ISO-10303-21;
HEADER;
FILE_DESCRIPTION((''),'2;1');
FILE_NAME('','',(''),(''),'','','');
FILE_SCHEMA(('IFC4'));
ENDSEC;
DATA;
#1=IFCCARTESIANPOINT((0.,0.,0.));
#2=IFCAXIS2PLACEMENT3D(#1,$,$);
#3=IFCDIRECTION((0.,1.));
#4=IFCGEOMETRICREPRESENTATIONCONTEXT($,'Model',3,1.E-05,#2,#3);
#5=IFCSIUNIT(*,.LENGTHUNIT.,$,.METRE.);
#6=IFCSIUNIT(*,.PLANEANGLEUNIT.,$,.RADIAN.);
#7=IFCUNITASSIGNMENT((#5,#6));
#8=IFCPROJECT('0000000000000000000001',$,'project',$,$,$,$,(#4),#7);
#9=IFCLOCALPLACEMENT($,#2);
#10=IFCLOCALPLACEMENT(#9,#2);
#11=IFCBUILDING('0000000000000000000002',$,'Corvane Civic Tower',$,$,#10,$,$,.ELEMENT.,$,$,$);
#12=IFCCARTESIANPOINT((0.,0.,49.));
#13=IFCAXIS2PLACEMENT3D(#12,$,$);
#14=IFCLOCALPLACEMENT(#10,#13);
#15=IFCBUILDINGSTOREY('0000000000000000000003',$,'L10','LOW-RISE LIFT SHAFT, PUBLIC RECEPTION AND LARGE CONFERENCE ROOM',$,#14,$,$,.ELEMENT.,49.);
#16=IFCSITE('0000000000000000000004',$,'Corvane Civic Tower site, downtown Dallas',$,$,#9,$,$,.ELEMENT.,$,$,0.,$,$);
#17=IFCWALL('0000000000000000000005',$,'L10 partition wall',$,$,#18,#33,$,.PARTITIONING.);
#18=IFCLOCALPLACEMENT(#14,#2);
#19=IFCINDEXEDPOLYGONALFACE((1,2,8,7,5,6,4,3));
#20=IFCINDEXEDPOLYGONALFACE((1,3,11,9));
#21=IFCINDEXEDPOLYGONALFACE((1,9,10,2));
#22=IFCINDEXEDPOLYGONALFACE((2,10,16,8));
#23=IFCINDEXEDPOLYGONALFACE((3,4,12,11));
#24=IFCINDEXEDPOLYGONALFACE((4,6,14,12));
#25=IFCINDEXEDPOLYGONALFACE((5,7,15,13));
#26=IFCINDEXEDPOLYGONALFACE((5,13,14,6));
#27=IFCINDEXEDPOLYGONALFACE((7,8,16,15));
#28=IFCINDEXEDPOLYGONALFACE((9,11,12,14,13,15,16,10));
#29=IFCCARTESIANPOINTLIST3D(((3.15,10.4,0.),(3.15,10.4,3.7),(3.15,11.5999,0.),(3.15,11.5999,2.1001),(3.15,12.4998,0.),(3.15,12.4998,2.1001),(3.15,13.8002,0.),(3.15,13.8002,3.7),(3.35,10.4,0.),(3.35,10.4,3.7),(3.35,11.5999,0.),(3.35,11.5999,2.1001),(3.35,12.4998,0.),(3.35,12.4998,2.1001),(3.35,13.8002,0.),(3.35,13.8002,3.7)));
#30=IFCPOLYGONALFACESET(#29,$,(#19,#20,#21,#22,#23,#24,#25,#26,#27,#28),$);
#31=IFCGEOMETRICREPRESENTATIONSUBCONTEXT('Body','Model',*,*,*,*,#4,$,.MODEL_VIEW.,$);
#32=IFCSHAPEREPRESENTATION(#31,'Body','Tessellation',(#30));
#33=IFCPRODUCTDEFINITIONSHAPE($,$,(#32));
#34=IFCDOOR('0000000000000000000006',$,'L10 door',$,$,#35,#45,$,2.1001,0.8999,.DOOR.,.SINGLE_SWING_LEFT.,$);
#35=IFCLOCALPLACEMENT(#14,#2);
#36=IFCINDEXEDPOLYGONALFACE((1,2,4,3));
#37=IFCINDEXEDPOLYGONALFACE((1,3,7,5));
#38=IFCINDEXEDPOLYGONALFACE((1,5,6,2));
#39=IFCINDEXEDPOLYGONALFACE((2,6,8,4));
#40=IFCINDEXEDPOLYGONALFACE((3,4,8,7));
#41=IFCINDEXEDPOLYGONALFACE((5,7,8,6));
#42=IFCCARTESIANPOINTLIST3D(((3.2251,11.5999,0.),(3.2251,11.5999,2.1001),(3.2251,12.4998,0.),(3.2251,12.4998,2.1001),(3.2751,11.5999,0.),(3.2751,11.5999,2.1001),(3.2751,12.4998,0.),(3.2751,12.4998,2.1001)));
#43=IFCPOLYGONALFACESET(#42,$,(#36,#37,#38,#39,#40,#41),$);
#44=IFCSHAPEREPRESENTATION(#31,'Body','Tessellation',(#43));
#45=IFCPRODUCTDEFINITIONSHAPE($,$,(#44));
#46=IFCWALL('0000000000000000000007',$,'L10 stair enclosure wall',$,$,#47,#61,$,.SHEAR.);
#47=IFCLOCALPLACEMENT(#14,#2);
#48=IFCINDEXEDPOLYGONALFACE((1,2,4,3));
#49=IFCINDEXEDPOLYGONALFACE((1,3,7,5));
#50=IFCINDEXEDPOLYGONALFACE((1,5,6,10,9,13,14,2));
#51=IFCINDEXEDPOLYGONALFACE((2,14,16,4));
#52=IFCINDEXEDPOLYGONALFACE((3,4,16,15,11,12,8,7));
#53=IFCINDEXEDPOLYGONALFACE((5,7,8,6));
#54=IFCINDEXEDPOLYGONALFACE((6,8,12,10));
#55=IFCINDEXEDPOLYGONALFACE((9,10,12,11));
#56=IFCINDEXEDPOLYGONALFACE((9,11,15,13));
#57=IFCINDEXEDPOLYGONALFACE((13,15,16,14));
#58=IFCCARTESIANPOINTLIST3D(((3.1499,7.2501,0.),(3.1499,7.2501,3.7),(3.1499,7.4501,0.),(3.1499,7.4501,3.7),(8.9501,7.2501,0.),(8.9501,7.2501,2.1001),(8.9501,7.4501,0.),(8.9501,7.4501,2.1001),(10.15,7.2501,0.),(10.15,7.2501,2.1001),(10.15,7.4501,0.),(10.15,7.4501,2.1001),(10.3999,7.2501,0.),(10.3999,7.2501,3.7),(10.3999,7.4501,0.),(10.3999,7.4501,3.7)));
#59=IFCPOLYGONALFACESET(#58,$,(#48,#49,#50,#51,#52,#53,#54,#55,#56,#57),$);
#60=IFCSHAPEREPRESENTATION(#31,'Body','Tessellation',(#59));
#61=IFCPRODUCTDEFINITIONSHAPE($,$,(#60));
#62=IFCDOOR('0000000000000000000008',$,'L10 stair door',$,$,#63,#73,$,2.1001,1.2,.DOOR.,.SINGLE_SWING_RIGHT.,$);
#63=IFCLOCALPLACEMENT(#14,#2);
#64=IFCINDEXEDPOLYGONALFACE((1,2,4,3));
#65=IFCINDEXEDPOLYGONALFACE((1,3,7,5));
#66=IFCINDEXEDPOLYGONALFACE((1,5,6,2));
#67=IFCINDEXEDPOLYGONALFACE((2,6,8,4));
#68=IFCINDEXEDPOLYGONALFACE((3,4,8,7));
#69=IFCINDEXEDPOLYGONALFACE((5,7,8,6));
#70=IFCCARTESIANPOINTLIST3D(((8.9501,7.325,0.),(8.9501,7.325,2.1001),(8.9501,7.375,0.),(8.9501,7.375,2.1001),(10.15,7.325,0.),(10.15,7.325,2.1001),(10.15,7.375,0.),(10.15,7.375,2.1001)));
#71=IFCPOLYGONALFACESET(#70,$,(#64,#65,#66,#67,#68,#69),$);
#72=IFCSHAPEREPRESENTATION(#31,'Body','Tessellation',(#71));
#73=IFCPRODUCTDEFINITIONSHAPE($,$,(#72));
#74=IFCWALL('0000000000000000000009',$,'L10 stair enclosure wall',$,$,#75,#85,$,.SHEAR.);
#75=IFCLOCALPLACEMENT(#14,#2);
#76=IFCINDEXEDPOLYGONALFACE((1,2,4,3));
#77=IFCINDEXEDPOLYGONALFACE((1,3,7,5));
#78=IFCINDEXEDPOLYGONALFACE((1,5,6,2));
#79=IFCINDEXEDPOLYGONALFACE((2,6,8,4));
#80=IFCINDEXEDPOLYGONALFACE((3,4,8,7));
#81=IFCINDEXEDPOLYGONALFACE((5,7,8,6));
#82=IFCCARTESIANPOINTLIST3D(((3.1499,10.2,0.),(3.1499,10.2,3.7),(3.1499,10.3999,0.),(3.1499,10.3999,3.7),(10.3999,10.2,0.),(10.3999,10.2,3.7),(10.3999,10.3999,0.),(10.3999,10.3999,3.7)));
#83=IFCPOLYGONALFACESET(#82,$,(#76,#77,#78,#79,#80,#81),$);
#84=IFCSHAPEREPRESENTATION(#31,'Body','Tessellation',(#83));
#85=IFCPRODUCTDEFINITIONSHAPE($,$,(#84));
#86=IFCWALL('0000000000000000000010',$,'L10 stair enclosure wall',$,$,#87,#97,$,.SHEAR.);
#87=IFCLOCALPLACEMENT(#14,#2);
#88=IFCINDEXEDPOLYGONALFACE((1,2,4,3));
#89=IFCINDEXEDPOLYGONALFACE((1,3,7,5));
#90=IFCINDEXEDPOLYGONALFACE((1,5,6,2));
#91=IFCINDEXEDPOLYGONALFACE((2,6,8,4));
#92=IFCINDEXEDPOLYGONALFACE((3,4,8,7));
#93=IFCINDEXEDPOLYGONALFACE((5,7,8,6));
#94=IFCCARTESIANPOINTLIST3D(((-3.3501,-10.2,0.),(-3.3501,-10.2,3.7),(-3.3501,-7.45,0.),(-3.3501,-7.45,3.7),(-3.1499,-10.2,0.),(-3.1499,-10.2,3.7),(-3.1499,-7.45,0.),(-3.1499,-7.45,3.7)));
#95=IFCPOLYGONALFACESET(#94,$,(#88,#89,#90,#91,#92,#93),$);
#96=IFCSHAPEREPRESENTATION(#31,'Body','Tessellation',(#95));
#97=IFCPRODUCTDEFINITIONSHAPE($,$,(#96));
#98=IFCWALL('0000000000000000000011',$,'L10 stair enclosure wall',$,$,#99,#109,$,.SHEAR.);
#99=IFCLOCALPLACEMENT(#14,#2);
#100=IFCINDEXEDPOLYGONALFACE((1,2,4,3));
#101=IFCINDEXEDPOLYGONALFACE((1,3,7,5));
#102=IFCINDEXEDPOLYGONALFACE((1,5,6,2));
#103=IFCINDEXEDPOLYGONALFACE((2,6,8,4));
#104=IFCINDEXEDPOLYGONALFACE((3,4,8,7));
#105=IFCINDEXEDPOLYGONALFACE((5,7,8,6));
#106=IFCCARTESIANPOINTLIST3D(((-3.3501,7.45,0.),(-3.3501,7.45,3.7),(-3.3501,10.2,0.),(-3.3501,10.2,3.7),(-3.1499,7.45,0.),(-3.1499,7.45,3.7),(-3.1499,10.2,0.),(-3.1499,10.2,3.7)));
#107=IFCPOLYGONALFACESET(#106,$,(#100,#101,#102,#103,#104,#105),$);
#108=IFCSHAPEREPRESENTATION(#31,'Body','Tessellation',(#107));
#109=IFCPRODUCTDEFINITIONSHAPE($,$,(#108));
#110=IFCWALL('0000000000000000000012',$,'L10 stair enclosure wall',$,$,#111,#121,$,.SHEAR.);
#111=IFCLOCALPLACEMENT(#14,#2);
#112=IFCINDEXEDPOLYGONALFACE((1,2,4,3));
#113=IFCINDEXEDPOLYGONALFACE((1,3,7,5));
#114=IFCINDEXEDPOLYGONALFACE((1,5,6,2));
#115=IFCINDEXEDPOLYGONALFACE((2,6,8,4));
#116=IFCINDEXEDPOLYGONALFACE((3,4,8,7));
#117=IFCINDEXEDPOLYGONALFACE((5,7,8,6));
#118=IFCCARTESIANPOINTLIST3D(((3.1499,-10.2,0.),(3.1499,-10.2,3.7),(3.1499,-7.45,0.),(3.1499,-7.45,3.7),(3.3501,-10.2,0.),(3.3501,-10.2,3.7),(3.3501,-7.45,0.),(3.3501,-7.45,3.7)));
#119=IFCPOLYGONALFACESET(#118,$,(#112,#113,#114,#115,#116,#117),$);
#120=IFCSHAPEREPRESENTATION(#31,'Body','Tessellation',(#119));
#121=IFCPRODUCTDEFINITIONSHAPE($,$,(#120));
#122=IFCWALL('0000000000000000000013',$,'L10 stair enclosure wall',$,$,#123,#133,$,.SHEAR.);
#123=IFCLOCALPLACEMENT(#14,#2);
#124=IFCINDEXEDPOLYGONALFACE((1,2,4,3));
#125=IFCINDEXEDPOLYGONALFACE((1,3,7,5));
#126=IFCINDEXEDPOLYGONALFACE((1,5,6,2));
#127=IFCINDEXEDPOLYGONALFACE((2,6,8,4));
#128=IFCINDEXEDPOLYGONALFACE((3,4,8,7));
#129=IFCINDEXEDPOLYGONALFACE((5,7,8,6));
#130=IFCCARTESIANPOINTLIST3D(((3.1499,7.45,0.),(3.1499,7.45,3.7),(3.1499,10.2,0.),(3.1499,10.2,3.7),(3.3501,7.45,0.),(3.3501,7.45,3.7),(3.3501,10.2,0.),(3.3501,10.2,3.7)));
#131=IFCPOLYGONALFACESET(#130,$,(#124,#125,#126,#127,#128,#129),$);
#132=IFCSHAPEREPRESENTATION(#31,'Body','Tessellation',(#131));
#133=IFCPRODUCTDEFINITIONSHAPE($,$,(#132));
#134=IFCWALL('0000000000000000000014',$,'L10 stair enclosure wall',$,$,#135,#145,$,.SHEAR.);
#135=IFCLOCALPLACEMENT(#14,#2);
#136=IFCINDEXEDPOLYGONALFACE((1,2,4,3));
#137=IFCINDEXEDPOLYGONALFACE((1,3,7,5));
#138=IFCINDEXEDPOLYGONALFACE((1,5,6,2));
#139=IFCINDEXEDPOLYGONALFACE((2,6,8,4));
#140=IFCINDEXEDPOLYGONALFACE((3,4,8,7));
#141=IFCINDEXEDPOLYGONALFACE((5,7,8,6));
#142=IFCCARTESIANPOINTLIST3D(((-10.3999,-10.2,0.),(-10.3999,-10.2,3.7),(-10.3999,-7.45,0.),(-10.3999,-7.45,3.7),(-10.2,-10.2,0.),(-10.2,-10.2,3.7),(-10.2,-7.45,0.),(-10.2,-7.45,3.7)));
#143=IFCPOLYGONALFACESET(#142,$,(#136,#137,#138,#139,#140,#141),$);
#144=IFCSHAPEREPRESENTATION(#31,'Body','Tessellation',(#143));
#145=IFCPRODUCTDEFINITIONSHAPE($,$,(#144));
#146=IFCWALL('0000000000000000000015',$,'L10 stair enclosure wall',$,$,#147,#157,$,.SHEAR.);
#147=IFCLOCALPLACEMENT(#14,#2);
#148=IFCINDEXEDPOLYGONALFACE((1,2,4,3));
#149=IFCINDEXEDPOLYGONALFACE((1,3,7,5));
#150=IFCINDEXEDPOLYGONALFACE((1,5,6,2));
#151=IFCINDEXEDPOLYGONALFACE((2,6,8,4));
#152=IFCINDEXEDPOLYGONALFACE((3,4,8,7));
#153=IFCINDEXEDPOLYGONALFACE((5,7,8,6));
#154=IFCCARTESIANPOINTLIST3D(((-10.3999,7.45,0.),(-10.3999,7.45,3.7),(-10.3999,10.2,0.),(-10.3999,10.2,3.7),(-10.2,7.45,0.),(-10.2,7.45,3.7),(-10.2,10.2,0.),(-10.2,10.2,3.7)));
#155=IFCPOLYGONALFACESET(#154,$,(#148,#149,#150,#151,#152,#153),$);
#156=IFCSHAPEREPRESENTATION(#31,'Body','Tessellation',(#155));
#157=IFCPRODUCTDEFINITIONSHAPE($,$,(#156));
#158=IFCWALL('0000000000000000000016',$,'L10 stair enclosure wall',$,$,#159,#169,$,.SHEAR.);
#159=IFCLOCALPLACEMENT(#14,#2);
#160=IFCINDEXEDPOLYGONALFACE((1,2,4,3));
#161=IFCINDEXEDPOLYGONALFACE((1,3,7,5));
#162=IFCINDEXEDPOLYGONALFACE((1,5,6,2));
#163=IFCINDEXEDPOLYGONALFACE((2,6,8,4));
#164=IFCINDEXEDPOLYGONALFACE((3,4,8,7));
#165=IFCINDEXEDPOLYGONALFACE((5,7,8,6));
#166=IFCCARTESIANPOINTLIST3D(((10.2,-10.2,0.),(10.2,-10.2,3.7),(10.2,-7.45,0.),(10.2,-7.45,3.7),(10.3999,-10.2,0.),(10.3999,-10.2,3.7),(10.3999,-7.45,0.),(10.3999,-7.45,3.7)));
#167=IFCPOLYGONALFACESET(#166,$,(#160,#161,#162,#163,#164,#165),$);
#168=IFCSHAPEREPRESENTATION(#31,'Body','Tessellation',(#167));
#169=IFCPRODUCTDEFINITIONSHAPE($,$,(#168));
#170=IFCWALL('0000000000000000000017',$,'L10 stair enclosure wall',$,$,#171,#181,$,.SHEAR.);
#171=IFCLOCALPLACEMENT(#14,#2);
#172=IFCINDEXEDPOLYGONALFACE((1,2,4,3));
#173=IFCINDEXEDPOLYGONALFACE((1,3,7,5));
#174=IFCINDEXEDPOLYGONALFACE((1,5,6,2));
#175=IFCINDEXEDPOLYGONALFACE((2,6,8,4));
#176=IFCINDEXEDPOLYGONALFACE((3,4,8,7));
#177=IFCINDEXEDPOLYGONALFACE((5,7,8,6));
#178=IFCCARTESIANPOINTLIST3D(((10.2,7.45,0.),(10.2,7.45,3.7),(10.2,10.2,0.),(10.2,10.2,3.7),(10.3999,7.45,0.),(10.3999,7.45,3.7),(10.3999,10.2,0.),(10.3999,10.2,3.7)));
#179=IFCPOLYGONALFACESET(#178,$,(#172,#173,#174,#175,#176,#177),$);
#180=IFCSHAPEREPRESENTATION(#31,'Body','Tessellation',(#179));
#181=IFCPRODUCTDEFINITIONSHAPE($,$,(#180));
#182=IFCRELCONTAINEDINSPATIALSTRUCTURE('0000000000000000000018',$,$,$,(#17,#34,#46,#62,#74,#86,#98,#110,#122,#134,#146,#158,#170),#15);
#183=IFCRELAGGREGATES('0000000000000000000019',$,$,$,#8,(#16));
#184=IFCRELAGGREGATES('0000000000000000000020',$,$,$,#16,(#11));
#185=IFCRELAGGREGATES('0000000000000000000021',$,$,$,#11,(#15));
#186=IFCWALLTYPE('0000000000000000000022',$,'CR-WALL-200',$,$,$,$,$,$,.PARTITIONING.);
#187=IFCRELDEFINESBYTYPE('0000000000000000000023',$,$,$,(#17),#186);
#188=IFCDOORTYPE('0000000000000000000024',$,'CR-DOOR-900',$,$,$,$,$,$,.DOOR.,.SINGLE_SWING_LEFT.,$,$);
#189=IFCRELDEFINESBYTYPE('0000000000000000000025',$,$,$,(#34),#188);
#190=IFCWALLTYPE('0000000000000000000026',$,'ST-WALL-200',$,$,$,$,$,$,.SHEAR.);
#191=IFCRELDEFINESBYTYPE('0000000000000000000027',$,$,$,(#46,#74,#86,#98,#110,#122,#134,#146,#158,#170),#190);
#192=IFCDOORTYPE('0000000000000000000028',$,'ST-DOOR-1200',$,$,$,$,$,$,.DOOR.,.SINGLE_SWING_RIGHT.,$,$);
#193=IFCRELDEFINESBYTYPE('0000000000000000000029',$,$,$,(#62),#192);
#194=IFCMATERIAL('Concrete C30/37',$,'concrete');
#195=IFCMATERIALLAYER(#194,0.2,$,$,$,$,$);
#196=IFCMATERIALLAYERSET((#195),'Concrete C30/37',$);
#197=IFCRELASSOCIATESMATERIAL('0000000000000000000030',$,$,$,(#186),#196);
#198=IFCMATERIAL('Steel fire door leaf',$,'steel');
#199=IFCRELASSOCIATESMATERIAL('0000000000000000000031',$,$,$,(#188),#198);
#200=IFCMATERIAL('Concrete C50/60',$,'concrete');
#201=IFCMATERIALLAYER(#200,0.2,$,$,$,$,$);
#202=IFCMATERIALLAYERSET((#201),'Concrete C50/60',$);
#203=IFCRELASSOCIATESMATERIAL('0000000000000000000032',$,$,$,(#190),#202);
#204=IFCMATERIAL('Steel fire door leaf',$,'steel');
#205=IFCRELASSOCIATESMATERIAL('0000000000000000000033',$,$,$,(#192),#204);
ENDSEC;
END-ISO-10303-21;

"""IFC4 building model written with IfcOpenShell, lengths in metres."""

from ifc_helpers import new_model, si_unit, direction, frame, frame_2d, origin, place, context, subcontext, project, spatial, polyline, rectangle, outline, extrude, material, layer, layer_set, type_object, element, fill, save


model = new_model("IFC4")

# Units and contexts
model_context = context("Model", 3, precision=1e-05, world=origin(), true_north=direction((0.0, 1.0)))
body_context = subcontext(model_context, "Body", "Model", "MODEL_VIEW")
ifc_project = project(units=[si_unit("LENGTHUNIT", "METRE"), si_unit("PLANEANGLEUNIT", "RADIAN")], contexts=[model_context])

# Site, building, storey
site_placement = place(None, origin())
site = spatial("IfcSite", under=ifc_project, at=site_placement, Name="Corvane Civic Tower site, downtown Dallas", CompositionType="ELEMENT", RefElevation=0.0)
building_placement = place(site_placement, origin())
building = spatial("IfcBuilding", under=site, at=building_placement, Name="Corvane Civic Tower", CompositionType="ELEMENT")
storey_placement = place(building_placement, frame((0.0, 0.0, 49.0)))
storey = spatial("IfcBuildingStorey", under=building, at=storey_placement, Name="L10", Description="LOW-RISE LIFT SHAFT, PUBLIC RECEPTION AND LARGE CONFERENCE ROOM", CompositionType="ELEMENT", Elevation=49.0)

# Shared definitions
ifc_material_1 = material(Name="Concrete C30/37", Category="concrete")
ifc_layer_1 = layer(ifc_material_1, 0.2)
ifc_layer_set_1 = layer_set([ifc_layer_1], Name="Concrete C30/37")
wall_type_1 = type_object("IfcWallType", Name="CR-WALL-200", PredefinedType="PARTITIONING", material=ifc_layer_set_1)
ifc_material_2 = material(Name="Steel fire door leaf", Category="steel")
door_type_1 = type_object("IfcDoorType", Name="CR-DOOR-900", OperationType="SINGLE_SWING_LEFT", PredefinedType="DOOR", material=ifc_material_2)

# Walls, openings, doors
wall_1_placement = place(storey_placement, frame((3.25, 10.3999, 0.0), z_axis=(0.0, 0.0, 1.0), x_axis=(0.0, 1.0, 0.0)))
wall_1 = element("IfcWall", 1, at=wall_1_placement, inside=storey, type_object=wall_type_1, Name="L10 partition wall", PredefinedType="PARTITIONING", context=body_context, shape_type="SweptSolid", body=[
    extrude(rectangle(XDim=3.4001, YDim=0.2, at=frame_2d((1.7002, 0.0))), origin(), (0.0, 0.0, 1.0), 3.7),
])
opening_1_placement = place(wall_1_placement, frame((1.2, 0.0, 0.0)))
opening_1 = element("IfcOpeningElement", 2, at=opening_1_placement, cuts=wall_1, PredefinedType="OPENING", context=body_context, shape_type="SweptSolid", body=[
    extrude(rectangle(XDim=0.8999, YDim=2.1001, at=frame_2d((0.45, 1.05))), frame((0.0, 0.1099, 0.0), z_axis=(0.0, -1.0, 0.0), x_axis=(1.0, 0.0, 0.0)), (0.0, 0.0, 1.0), 0.22),
])
door_1_placement = place(opening_1_placement, origin())
door_1 = element("IfcDoor", 3, at=door_1_placement, inside=storey, type_object=door_type_1, Name="L10 door", OperationType="SINGLE_SWING_LEFT", OverallHeight=2.1001, OverallWidth=0.8999, PredefinedType="DOOR", context=body_context, shape_type="SweptSolid", body=[
    extrude(rectangle(XDim=0.8999, YDim=2.1001, at=frame_2d((0.45, 1.05))), frame((0.0, 0.0249, 0.0), z_axis=(0.0, -1.0, 0.0), x_axis=(1.0, 0.0, 0.0)), (0.0, 0.0, 1.0), 0.05),
])
fill(opening_1, door_1)
ifc_material_3 = material(Name="Concrete C50/60", Category="concrete")
ifc_layer_2 = layer(ifc_material_3, 0.2)
ifc_layer_set_2 = layer_set([ifc_layer_2], Name="Concrete C50/60")
wall_type_2 = type_object("IfcWallType", Name="ST-WALL-200", PredefinedType="SHEAR", material=ifc_layer_set_2)
wall_2_placement = place(storey_placement, frame((3.1499, 7.3501, 0.0), z_axis=(0.0, 0.0, 1.0), x_axis=(1.0, 0.0, 0.0)))
wall_2 = element("IfcWall", 4, at=wall_2_placement, inside=storey, type_object=wall_type_2, Name="L10 stair enclosure wall", PredefinedType="SHEAR", context=body_context, shape_type="SweptSolid", body=[
    extrude(rectangle(XDim=7.25, YDim=0.2, at=frame_2d((3.625, 0.0))), origin(), (0.0, 0.0, 1.0), 3.7),
])
opening_2_placement = place(wall_2_placement, frame((5.8, 0.0, 0.0)))
opening_2 = element("IfcOpeningElement", 5, at=opening_2_placement, cuts=wall_2, PredefinedType="OPENING", context=body_context, shape_type="SweptSolid", body=[
    extrude(rectangle(XDim=1.2, YDim=2.1001, at=frame_2d((0.6001, 1.05))), frame((0.0, 0.1099, 0.0), z_axis=(0.0, -1.0, 0.0), x_axis=(1.0, 0.0, 0.0)), (0.0, 0.0, 1.0), 0.22),
])
ifc_material_4 = material(Name="Steel fire door leaf", Category="steel")
door_type_2 = type_object("IfcDoorType", Name="ST-DOOR-1200", OperationType="SINGLE_SWING_RIGHT", PredefinedType="DOOR", material=ifc_material_4)
door_2_placement = place(opening_2_placement, origin())
door_2 = element("IfcDoor", 6, at=door_2_placement, inside=storey, type_object=door_type_2, Name="L10 stair door", OperationType="SINGLE_SWING_RIGHT", OverallHeight=2.1001, OverallWidth=1.2, PredefinedType="DOOR", context=body_context, shape_type="SweptSolid", body=[
    extrude(rectangle(XDim=1.2, YDim=2.1001, at=frame_2d((0.6001, 1.05))), frame((0.0, 0.0249, 0.0), z_axis=(0.0, -1.0, 0.0), x_axis=(1.0, 0.0, 0.0)), (0.0, 0.0, 1.0), 0.05),
])
fill(opening_2, door_2)

# Walls
wall_3_placement = place(storey_placement, origin())
element("IfcWall", 7, at=wall_3_placement, inside=storey, type_object=wall_type_2, Name="L10 stair enclosure wall", PredefinedType="SHEAR", context=body_context, shape_type="SweptSolid", body=[
    extrude(outline(polyline([(10.3999, 10.2), (3.1499, 10.2), (3.1499, 10.3999), (10.3999, 10.3999), (10.3999, 10.2)])), origin(), (0.0, 0.0, 1.0), 3.7),
])
wall_4_placement = place(storey_placement, origin())
element("IfcWall", 8, at=wall_4_placement, inside=storey, type_object=wall_type_2, Name="L10 stair enclosure wall", PredefinedType="SHEAR", context=body_context, shape_type="SweptSolid", body=[
    extrude(outline(polyline([(-3.1499, -7.45), (-3.1499, -10.2), (-3.3501, -10.2), (-3.3501, -7.45), (-3.1499, -7.45)])), origin(), (0.0, 0.0, 1.0), 3.7),
])
wall_5_placement = place(storey_placement, origin())
element("IfcWall", 9, at=wall_5_placement, inside=storey, type_object=wall_type_2, Name="L10 stair enclosure wall", PredefinedType="SHEAR", context=body_context, shape_type="SweptSolid", body=[
    extrude(outline(polyline([(-3.1499, 7.45), (-3.3501, 7.45), (-3.3501, 10.2), (-3.1499, 10.2), (-3.1499, 7.45)])), origin(), (0.0, 0.0, 1.0), 3.7),
])
wall_6_placement = place(storey_placement, origin())
element("IfcWall", 10, at=wall_6_placement, inside=storey, type_object=wall_type_2, Name="L10 stair enclosure wall", PredefinedType="SHEAR", context=body_context, shape_type="SweptSolid", body=[
    extrude(outline(polyline([(3.3501, -7.45), (3.3501, -10.2), (3.1499, -10.2), (3.1499, -7.45), (3.3501, -7.45)])), origin(), (0.0, 0.0, 1.0), 3.7),
])
wall_7_placement = place(storey_placement, origin())
element("IfcWall", 11, at=wall_7_placement, inside=storey, type_object=wall_type_2, Name="L10 stair enclosure wall", PredefinedType="SHEAR", context=body_context, shape_type="SweptSolid", body=[
    extrude(outline(polyline([(3.3501, 7.45), (3.1499, 7.45), (3.1499, 10.2), (3.3501, 10.2), (3.3501, 7.45)])), origin(), (0.0, 0.0, 1.0), 3.7),
])
wall_8_placement = place(storey_placement, origin())
element("IfcWall", 12, at=wall_8_placement, inside=storey, type_object=wall_type_2, Name="L10 stair enclosure wall", PredefinedType="SHEAR", context=body_context, shape_type="SweptSolid", body=[
    extrude(outline(polyline([(-10.2, -7.45), (-10.2, -10.2), (-10.3999, -10.2), (-10.3999, -7.45), (-10.2, -7.45)])), origin(), (0.0, 0.0, 1.0), 3.7),
])
wall_9_placement = place(storey_placement, origin())
element("IfcWall", 13, at=wall_9_placement, inside=storey, type_object=wall_type_2, Name="L10 stair enclosure wall", PredefinedType="SHEAR", context=body_context, shape_type="SweptSolid", body=[
    extrude(outline(polyline([(-10.2, 7.45), (-10.3999, 7.45), (-10.3999, 10.2), (-10.2, 10.2), (-10.2, 7.45)])), origin(), (0.0, 0.0, 1.0), 3.7),
])
wall_10_placement = place(storey_placement, origin())
element("IfcWall", 14, at=wall_10_placement, inside=storey, type_object=wall_type_2, Name="L10 stair enclosure wall", PredefinedType="SHEAR", context=body_context, shape_type="SweptSolid", body=[
    extrude(outline(polyline([(10.3999, -7.45), (10.3999, -10.2), (10.2, -10.2), (10.2, -7.45), (10.3999, -7.45)])), origin(), (0.0, 0.0, 1.0), 3.7),
])
wall_11_placement = place(storey_placement, origin())
element("IfcWall", 15, at=wall_11_placement, inside=storey, type_object=wall_type_2, Name="L10 stair enclosure wall", PredefinedType="SHEAR", context=body_context, shape_type="SweptSolid", body=[
    extrude(outline(polyline([(10.3999, 7.45), (10.2, 7.45), (10.2, 10.2), (10.3999, 10.2), (10.3999, 7.45)])), origin(), (0.0, 0.0, 1.0), 3.7),
])

save(model, "model.ifc")
